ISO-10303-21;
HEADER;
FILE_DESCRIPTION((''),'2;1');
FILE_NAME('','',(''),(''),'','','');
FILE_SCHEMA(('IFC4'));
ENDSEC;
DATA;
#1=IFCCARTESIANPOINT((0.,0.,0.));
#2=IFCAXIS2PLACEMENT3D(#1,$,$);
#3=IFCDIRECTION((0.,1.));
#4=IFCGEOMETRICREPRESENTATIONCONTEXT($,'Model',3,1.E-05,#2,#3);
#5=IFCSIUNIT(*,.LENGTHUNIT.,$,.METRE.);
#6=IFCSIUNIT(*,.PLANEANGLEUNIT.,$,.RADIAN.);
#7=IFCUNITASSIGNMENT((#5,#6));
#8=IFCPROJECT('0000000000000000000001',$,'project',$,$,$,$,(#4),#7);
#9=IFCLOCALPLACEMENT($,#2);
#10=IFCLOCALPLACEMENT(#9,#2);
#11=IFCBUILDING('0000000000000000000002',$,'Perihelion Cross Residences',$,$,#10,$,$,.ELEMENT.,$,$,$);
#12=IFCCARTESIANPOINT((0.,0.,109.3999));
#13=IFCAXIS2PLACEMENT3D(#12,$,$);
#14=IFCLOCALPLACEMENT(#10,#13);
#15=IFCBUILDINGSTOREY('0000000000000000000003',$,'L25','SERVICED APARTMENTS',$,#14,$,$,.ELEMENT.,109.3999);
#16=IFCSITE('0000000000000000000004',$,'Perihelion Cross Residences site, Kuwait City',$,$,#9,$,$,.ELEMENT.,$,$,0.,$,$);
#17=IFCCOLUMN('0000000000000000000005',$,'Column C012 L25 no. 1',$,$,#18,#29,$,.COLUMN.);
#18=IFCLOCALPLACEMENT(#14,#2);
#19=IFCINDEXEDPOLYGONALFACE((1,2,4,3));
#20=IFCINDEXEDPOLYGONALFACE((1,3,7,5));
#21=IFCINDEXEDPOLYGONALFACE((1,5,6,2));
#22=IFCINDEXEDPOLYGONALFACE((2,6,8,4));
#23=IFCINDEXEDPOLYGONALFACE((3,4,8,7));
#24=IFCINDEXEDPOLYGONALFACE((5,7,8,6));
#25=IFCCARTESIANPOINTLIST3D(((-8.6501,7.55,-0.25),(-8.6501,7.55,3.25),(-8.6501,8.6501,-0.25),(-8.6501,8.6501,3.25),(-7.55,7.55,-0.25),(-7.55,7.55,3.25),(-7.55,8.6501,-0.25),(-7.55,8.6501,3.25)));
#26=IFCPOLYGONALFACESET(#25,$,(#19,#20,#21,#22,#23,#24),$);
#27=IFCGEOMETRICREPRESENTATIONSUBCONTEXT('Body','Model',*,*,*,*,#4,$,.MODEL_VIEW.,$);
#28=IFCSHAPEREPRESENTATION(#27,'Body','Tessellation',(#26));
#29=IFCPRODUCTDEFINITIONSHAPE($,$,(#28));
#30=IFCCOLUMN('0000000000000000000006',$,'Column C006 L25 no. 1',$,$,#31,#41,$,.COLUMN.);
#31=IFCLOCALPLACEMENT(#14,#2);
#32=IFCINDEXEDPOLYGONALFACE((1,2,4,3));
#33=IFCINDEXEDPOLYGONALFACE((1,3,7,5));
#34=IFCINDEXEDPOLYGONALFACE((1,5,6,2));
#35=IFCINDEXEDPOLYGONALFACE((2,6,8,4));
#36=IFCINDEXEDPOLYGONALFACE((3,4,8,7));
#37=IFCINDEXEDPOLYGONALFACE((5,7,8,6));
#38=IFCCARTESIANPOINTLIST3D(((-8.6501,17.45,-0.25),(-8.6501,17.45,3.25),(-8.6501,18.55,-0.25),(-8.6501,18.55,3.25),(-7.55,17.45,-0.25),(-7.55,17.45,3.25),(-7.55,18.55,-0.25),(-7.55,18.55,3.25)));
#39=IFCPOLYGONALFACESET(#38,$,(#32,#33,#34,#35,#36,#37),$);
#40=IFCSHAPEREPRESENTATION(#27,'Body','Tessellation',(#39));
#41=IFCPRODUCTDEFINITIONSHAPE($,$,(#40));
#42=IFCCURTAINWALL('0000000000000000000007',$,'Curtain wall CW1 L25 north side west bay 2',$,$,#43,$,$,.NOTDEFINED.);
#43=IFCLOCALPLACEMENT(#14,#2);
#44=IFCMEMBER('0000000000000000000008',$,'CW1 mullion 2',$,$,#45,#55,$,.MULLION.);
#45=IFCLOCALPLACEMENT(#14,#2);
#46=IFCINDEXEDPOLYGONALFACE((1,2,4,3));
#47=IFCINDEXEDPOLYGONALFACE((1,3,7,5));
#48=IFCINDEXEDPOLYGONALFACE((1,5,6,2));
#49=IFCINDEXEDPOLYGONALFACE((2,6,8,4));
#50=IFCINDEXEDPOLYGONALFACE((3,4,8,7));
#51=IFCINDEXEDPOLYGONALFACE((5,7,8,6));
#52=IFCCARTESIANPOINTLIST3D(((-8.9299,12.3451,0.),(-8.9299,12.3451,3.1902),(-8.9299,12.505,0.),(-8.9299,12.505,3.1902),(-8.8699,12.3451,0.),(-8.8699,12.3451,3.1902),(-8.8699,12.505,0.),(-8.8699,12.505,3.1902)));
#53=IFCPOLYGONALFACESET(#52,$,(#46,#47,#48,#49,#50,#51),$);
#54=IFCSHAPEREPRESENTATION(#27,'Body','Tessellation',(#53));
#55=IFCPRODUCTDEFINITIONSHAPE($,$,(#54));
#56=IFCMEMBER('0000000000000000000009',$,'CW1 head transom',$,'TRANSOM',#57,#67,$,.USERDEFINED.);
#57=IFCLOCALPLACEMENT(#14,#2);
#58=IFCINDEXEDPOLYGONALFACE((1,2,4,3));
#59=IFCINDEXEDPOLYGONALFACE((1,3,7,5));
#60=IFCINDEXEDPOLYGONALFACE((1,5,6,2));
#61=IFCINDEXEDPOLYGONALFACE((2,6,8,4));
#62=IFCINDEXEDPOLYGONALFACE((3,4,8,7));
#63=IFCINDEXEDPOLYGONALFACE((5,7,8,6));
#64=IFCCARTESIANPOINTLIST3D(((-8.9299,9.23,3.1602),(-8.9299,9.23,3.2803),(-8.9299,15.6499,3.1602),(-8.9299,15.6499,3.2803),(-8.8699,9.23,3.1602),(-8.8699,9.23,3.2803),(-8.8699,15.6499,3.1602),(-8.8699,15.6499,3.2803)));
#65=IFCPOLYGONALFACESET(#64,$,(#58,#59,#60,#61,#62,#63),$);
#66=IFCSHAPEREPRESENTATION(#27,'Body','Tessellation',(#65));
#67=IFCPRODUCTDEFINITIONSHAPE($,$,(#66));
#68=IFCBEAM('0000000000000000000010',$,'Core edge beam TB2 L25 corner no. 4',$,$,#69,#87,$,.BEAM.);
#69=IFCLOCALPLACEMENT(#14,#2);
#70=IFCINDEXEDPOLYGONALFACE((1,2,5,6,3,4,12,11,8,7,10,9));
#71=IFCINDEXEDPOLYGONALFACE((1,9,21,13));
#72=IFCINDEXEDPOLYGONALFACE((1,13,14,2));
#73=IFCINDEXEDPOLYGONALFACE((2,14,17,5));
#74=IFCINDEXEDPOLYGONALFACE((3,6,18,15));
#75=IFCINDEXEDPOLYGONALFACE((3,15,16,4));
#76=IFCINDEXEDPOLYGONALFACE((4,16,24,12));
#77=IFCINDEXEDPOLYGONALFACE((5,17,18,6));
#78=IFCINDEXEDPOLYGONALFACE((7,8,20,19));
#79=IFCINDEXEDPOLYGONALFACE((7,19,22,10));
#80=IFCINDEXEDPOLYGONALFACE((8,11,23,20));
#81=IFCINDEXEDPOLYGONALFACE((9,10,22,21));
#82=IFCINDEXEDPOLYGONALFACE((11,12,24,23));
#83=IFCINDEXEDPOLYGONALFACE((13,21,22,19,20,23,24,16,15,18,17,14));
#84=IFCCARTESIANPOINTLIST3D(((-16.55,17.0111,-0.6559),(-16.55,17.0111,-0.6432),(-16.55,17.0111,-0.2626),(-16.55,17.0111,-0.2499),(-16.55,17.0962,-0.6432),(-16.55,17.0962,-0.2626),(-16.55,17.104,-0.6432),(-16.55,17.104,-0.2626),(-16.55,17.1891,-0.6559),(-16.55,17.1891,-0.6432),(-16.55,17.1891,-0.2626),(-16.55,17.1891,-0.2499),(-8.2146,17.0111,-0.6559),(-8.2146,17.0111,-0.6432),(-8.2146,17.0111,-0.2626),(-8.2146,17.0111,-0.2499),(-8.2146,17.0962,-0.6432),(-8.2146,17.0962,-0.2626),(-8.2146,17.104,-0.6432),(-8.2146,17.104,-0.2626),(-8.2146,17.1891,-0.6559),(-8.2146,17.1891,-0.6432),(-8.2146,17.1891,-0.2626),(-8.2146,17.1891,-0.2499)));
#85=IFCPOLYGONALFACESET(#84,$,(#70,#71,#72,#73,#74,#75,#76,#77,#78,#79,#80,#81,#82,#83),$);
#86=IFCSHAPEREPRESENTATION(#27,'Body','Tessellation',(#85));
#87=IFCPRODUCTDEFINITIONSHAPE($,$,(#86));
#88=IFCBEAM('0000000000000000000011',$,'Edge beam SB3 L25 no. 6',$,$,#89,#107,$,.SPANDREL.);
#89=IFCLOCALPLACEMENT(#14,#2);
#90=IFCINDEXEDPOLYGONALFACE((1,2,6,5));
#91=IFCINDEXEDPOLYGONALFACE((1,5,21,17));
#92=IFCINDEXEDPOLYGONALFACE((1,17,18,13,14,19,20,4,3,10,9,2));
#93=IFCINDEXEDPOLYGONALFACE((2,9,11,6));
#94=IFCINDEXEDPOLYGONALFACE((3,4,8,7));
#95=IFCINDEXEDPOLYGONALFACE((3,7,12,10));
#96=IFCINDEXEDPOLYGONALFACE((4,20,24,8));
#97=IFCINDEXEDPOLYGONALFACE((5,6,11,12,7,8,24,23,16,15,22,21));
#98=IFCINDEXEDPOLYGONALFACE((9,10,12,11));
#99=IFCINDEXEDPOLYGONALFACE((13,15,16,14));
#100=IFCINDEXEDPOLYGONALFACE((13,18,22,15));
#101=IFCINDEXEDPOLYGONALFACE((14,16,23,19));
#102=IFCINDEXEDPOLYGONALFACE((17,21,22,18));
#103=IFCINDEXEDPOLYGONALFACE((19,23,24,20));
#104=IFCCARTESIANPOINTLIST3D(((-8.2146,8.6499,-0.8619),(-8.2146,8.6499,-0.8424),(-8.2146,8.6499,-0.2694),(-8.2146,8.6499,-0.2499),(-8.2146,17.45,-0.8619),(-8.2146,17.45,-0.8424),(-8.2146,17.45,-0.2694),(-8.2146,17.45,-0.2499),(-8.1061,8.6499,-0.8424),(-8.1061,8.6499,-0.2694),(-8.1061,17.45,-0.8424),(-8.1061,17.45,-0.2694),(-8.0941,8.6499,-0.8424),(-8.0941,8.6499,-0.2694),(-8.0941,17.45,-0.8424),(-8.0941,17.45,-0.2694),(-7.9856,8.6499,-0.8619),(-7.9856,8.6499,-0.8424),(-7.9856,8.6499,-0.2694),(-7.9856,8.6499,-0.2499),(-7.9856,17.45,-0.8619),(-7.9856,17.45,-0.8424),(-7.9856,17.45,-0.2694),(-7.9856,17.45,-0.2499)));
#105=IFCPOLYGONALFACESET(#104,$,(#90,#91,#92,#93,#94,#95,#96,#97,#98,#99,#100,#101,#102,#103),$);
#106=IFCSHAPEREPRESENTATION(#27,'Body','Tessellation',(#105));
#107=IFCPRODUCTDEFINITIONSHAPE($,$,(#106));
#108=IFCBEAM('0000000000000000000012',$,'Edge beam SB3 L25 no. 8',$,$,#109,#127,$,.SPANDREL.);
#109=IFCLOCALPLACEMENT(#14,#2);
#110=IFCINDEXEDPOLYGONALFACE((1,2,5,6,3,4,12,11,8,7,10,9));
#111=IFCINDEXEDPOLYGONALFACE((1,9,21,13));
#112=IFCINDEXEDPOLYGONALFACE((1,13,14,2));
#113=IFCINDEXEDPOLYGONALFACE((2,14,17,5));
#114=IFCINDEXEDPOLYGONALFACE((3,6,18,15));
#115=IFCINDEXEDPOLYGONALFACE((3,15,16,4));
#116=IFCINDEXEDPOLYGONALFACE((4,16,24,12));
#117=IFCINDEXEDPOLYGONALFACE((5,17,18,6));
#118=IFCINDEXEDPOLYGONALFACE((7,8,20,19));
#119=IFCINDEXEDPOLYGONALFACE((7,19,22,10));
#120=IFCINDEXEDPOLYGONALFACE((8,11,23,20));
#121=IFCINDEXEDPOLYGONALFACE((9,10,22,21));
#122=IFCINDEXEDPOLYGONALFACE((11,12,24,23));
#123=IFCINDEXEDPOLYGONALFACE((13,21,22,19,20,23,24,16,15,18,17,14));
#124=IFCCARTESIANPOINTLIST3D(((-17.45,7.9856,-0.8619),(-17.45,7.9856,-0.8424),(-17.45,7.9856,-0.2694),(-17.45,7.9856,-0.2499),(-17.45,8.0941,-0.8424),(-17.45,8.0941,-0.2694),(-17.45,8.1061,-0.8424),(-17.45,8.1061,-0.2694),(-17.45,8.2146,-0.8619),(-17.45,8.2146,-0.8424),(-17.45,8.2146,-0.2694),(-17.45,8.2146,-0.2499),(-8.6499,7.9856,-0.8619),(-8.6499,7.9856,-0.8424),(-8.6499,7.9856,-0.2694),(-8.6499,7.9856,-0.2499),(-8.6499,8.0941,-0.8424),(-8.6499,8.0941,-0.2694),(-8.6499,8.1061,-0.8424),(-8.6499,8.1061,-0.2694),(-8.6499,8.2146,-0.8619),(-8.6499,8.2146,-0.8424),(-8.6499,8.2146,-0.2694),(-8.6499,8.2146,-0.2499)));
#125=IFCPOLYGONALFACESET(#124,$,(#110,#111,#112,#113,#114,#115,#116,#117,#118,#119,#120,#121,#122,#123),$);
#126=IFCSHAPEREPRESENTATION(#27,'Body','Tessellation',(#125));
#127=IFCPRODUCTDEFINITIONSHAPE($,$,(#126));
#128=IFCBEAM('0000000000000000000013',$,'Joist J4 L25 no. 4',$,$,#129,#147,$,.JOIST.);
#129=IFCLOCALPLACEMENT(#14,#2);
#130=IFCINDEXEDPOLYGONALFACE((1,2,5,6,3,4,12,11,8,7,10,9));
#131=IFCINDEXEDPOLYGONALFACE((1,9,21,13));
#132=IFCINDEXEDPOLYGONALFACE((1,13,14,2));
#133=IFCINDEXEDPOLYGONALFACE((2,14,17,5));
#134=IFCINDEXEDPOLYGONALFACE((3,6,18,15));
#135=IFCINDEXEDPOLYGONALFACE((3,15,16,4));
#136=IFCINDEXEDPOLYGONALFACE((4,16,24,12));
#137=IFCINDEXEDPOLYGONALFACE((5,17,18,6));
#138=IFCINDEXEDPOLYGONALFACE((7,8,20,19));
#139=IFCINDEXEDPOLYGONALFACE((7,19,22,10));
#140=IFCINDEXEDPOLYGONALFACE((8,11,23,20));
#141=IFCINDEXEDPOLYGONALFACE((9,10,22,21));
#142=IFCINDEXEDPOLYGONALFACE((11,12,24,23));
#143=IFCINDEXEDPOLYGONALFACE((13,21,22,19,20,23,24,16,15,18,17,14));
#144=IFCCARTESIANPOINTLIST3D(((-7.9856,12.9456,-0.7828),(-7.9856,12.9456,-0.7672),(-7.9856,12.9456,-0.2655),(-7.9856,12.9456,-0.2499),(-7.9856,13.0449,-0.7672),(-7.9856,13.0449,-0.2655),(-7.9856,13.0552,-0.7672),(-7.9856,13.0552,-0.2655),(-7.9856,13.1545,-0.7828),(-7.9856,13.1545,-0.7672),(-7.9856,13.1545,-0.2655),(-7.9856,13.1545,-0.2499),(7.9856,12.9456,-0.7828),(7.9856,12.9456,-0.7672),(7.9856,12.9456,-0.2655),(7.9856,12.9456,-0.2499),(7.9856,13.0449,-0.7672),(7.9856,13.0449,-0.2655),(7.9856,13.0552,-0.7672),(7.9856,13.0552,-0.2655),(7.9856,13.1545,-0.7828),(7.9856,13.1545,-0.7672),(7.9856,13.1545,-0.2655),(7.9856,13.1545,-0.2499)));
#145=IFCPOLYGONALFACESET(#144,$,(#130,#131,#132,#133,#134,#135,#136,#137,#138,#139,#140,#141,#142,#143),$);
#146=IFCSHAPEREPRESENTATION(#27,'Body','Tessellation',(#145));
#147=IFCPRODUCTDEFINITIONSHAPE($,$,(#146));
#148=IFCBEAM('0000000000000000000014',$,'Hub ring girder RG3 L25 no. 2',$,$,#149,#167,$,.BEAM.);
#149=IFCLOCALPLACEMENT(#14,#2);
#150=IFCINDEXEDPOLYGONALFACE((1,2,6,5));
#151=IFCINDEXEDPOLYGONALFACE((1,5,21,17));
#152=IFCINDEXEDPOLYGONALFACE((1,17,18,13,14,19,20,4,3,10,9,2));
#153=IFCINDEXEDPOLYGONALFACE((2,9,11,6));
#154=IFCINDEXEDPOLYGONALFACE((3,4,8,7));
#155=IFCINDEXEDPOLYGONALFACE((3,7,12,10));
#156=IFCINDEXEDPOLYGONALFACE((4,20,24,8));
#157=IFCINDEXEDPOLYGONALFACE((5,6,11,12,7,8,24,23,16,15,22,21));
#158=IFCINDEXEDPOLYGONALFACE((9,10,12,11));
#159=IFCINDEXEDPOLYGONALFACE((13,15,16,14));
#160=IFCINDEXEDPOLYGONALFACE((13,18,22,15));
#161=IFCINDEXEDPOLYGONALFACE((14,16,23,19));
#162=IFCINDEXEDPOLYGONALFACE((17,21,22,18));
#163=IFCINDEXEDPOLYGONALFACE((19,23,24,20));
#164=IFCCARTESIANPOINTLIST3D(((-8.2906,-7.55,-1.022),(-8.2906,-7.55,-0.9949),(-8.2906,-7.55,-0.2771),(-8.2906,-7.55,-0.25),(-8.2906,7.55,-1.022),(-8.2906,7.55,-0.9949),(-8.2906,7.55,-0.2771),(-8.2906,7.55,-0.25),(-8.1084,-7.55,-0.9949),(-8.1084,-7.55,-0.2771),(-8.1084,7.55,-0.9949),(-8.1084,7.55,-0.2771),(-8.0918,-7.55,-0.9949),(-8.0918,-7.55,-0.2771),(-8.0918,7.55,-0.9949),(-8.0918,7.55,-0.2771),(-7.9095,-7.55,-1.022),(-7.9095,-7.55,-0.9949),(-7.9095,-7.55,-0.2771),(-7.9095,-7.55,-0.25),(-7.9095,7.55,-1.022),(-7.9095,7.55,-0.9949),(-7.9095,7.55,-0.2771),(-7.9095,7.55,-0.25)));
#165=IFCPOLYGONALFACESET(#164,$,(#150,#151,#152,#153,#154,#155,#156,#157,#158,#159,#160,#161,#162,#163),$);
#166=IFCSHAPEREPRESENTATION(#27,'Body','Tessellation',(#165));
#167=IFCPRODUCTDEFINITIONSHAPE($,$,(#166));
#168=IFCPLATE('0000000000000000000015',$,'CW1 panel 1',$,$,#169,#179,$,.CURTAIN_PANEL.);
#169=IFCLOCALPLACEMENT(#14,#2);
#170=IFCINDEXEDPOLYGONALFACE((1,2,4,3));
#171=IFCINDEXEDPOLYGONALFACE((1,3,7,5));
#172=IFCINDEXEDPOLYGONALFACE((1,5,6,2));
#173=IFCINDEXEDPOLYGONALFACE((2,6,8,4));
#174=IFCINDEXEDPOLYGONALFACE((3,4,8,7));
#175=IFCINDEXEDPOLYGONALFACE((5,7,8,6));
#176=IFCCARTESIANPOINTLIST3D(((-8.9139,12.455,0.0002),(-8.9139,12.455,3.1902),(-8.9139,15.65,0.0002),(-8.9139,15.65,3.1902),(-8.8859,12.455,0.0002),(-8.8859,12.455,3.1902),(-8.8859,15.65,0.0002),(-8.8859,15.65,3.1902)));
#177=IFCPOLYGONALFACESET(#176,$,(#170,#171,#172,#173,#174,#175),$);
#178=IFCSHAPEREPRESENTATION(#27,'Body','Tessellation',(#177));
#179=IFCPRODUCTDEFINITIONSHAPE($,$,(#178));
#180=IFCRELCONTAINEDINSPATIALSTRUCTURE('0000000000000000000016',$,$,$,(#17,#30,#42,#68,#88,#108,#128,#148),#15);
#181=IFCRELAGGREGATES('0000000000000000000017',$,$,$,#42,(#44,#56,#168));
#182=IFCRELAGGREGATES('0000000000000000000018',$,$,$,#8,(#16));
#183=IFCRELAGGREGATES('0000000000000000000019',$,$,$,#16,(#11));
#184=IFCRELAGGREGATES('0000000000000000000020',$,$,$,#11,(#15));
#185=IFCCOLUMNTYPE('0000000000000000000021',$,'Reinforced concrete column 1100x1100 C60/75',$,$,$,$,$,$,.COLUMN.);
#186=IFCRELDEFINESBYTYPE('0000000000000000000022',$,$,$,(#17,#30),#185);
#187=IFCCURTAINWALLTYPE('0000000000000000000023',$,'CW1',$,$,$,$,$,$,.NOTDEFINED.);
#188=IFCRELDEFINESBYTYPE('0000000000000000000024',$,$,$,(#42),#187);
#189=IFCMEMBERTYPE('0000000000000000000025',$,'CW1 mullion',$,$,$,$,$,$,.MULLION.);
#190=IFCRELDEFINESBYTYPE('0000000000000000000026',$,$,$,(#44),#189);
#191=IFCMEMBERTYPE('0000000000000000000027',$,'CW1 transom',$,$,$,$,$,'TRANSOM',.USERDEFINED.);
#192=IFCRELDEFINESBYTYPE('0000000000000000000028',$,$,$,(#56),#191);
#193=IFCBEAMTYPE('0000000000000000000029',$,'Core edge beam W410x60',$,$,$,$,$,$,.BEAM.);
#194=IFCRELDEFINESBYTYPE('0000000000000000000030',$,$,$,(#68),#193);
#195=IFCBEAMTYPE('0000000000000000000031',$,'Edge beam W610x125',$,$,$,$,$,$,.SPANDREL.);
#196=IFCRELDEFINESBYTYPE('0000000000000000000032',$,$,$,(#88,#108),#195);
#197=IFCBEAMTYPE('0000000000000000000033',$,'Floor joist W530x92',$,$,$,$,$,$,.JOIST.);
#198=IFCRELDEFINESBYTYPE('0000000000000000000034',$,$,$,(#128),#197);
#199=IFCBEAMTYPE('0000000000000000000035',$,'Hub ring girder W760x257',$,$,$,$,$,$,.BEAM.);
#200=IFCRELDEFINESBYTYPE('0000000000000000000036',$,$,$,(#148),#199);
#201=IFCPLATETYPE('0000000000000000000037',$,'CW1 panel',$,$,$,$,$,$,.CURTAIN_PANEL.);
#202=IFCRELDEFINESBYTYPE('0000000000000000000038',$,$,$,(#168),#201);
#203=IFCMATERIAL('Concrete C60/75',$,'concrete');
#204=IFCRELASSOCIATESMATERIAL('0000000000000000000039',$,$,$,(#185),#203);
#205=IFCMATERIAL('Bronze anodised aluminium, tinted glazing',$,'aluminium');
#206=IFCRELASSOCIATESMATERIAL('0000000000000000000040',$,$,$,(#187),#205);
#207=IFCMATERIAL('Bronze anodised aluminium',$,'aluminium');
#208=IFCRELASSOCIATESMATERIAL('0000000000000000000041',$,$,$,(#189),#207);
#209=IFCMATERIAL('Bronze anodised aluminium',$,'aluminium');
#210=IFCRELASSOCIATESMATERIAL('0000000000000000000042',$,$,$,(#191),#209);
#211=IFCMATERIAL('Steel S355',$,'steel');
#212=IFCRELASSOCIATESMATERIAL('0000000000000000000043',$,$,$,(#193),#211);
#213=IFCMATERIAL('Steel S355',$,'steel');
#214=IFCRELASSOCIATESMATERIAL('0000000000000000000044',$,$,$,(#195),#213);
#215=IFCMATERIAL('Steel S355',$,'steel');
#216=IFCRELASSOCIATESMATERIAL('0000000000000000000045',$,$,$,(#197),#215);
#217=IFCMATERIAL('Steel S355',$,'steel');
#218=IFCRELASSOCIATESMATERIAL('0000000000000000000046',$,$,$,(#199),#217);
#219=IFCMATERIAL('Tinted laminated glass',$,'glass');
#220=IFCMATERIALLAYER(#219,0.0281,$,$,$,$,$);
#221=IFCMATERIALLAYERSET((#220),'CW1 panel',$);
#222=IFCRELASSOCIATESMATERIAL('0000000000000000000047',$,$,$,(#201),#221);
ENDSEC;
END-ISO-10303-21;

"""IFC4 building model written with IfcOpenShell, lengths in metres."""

from ifc_helpers import new_model, si_unit, direction, frame, origin, origin_2d, place, context, subcontext, project, spatial, rectangle, i_section, extrude, material, layer, layer_set, material_profile, profile_set, type_object, element, aggregate, save


model = new_model("IFC4")

# Units and contexts
model_context = context("Model", 3, precision=1e-05, world=origin(), true_north=direction((0.0, 1.0)))
body_context = subcontext(model_context, "Body", "Model", "MODEL_VIEW")
ifc_project = project(units=[si_unit("LENGTHUNIT", "METRE"), si_unit("PLANEANGLEUNIT", "RADIAN")], contexts=[model_context])

# Site, building, storey
site_placement = place(None, origin())
site = spatial("IfcSite", under=ifc_project, at=site_placement, Name="Perihelion Cross Residences site, Kuwait City", CompositionType="ELEMENT", RefElevation=0.0)
building_placement = place(site_placement, origin())
building = spatial("IfcBuilding", under=site, at=building_placement, Name="Perihelion Cross Residences", CompositionType="ELEMENT")
storey_placement = place(building_placement, frame((0.0, 0.0, 109.3999)))
storey = spatial("IfcBuildingStorey", under=building, at=storey_placement, Name="L25", Description="SERVICED APARTMENTS", CompositionType="ELEMENT", Elevation=109.3999)

# Columns
ifc_material_1 = material(Name="Concrete C60/75", Category="concrete")
ifc_material_profile_1 = material_profile(ifc_material_1, rectangle(XDim=1.1001, YDim=1.1001, at=origin_2d()), Name="RC 1100x1100")
ifc_profile_set_1 = profile_set([ifc_material_profile_1], Name="Concrete C60/75")
column_type = type_object("IfcColumnType", Name="Reinforced concrete column 1100x1100 C60/75", PredefinedType="COLUMN", material=ifc_profile_set_1)
for number, where, z_axis, x_axis, name in (
    (1, (-8.1001, 8.1001, -0.25), (0.0, 0.0, 1.0), (1.0, 0.0, 0.0), "Column C012 L25 no. 1"),
    (2, (-8.1001, 18.0, -0.25), (0.0, 0.0, 1.0), (1.0, 0.0, 0.0), "Column C006 L25 no. 1"),
):
    element("IfcColumn", number, at=place(storey_placement, frame(where, z_axis=z_axis, x_axis=x_axis)), inside=storey, type_object=column_type, Name=name, PredefinedType="COLUMN", context=body_context, shape_type="SweptSolid", body=[
        extrude(rectangle(XDim=1.1001, YDim=1.1001, at=origin_2d()), origin(), (0.0, 0.0, 1.0), 3.5),
    ])

# Curtain wall, members
ifc_material_2 = material(Name="Bronze anodised aluminium, tinted glazing", Category="aluminium")
curtain_wall_type = type_object("IfcCurtainWallType", Name="CW1", PredefinedType="NOTDEFINED", material=ifc_material_2)
curtain_wall_placement = place(storey_placement, origin())
curtain_wall = element("IfcCurtainWall", 3, at=curtain_wall_placement, inside=storey, type_object=curtain_wall_type, Name="Curtain wall CW1 L25 north side west bay 2", PredefinedType="NOTDEFINED")
ifc_material_3 = material(Name="Bronze anodised aluminium", Category="aluminium")
ifc_material_profile_2 = material_profile(ifc_material_3, rectangle(XDim=0.0601, YDim=0.1599, at=origin_2d()), Name="CW1 mullion")
ifc_profile_set_2 = profile_set([ifc_material_profile_2], Name="Bronze anodised aluminium")
member_type_1 = type_object("IfcMemberType", Name="CW1 mullion", PredefinedType="MULLION", material=ifc_profile_set_2)
member_1_placement = place(storey_placement, frame((-8.8999, 12.425, 0.0), z_axis=(0.0, 0.0, 1.0), x_axis=(1.0, 0.0, 0.0)))
member_1 = element("IfcMember", 4, at=member_1_placement, type_object=member_type_1, Name="CW1 mullion 2", PredefinedType="MULLION", context=body_context, shape_type="SweptSolid", body=[
    extrude(rectangle(XDim=0.0601, YDim=0.1599, at=origin_2d()), origin(), (0.0, 0.0, 1.0), 3.1902),
])
ifc_material_4 = material(Name="Bronze anodised aluminium", Category="aluminium")
ifc_material_profile_3 = material_profile(ifc_material_4, rectangle(XDim=0.0601, YDim=0.1201, at=origin_2d()), Name="CW1 transom")
ifc_profile_set_3 = profile_set([ifc_material_profile_3], Name="Bronze anodised aluminium")
member_type_2 = type_object("IfcMemberType", Name="CW1 transom", ElementType="TRANSOM", PredefinedType="USERDEFINED", material=ifc_profile_set_3)
member_2_placement = place(storey_placement, frame((-8.8999, 15.6499, 3.2202), z_axis=(0.0, -1.0, 0.0), x_axis=(1.0, 0.0, 0.0)))
member_2 = element("IfcMember", 5, at=member_2_placement, type_object=member_type_2, Name="CW1 head transom", ObjectType="TRANSOM", PredefinedType="USERDEFINED", context=body_context, shape_type="SweptSolid", body=[
    extrude(rectangle(XDim=0.0601, YDim=0.1201, at=origin_2d()), origin(), (0.0, 0.0, 1.0), 6.4199),
])

# Beams
ifc_material_5 = material(Name="Steel S355", Category="steel")
ifc_material_profile_4 = material_profile(ifc_material_5, i_section(OverallWidth=0.178, OverallDepth=0.406, WebThickness=0.0078, FlangeThickness=0.0127, at=origin_2d()), Name="W410x60")
ifc_profile_set_4 = profile_set([ifc_material_profile_4], Name="Steel S355")
beam_type_1 = type_object("IfcBeamType", Name="Core edge beam W410x60", PredefinedType="BEAM", material=ifc_profile_set_4)
beam_1_placement = place(storey_placement, frame((-8.2146, 17.1001, -0.4529), z_axis=(-1.0, 0.0, 0.0), x_axis=(0.0, -1.0, 0.0)))
element("IfcBeam", 6, at=beam_1_placement, inside=storey, type_object=beam_type_1, Name="Core edge beam TB2 L25 corner no. 4", PredefinedType="BEAM", context=body_context, shape_type="SweptSolid", body=[
    extrude(i_section(OverallWidth=0.178, OverallDepth=0.406, WebThickness=0.0078, FlangeThickness=0.0127, at=origin_2d()), origin(), (0.0, 0.0, 1.0), 8.3354),
])
ifc_material_6 = material(Name="Steel S355", Category="steel")
ifc_material_profile_5 = material_profile(ifc_material_6, i_section(OverallWidth=0.229, OverallDepth=0.6121, WebThickness=0.012, FlangeThickness=0.0195, at=origin_2d()), Name="W610x125")
ifc_profile_set_5 = profile_set([ifc_material_profile_5], Name="Steel S355")
beam_type_2 = type_object("IfcBeamType", Name="Edge beam W610x125", PredefinedType="SPANDREL", material=ifc_profile_set_5)
for number, where, z_axis, x_axis, name in (
    (7, (-8.1001, 17.45, -0.5559), (0.0, -1.0, 0.0), (1.0, 0.0, 0.0), "Edge beam SB3 L25 no. 6"),
    (8, (-8.6499, 8.1001, -0.5559), (-1.0, 0.0, 0.0), (0.0, -1.0, 0.0), "Edge beam SB3 L25 no. 8"),
):
    element("IfcBeam", number, at=place(storey_placement, frame(where, z_axis=z_axis, x_axis=x_axis)), inside=storey, type_object=beam_type_2, Name=name, PredefinedType="SPANDREL", context=body_context, shape_type="SweptSolid", body=[
        extrude(i_section(OverallWidth=0.229, OverallDepth=0.6121, WebThickness=0.012, FlangeThickness=0.0195, at=origin_2d()), origin(), (0.0, 0.0, 1.0), 8.8),
    ])
ifc_material_7 = material(Name="Steel S355", Category="steel")
ifc_material_profile_6 = material_profile(ifc_material_7, i_section(OverallWidth=0.209, OverallDepth=0.533, WebThickness=0.0103, FlangeThickness=0.0156, at=origin_2d()), Name="W530x92")
ifc_profile_set_6 = profile_set([ifc_material_profile_6], Name="Steel S355")
beam_type_3 = type_object("IfcBeamType", Name="Floor joist W530x92", PredefinedType="JOIST", material=ifc_profile_set_6)
beam_2_placement = place(storey_placement, frame((-7.9856, 13.05, -0.5164), z_axis=(1.0, 0.0, 0.0), x_axis=(0.0, 1.0, 0.0)))
element("IfcBeam", 9, at=beam_2_placement, inside=storey, type_object=beam_type_3, Name="Joist J4 L25 no. 4", PredefinedType="JOIST", context=body_context, shape_type="SweptSolid", body=[
    extrude(i_section(OverallWidth=0.209, OverallDepth=0.533, WebThickness=0.0103, FlangeThickness=0.0156, at=origin_2d()), origin(), (0.0, 0.0, 1.0), 15.9712),
])
ifc_material_8 = material(Name="Steel S355", Category="steel")
ifc_material_profile_7 = material_profile(ifc_material_8, i_section(OverallWidth=0.3811, OverallDepth=0.772, WebThickness=0.0166, FlangeThickness=0.0271, at=origin_2d()), Name="W760x257")
ifc_profile_set_7 = profile_set([ifc_material_profile_7], Name="Steel S355")
beam_type_4 = type_object("IfcBeamType", Name="Hub ring girder W760x257", PredefinedType="BEAM", material=ifc_profile_set_7)
beam_3_placement = place(storey_placement, frame((-8.1001, 7.55, -0.636), z_axis=(0.0, -1.0, 0.0), x_axis=(1.0, 0.0, 0.0)))
element("IfcBeam", 10, at=beam_3_placement, inside=storey, type_object=beam_type_4, Name="Hub ring girder RG3 L25 no. 2", PredefinedType="BEAM", context=body_context, shape_type="SweptSolid", body=[
    extrude(i_section(OverallWidth=0.3811, OverallDepth=0.772, WebThickness=0.0166, FlangeThickness=0.0271, at=origin_2d()), origin(), (0.0, 0.0, 1.0), 15.1001),
])

# Plate
ifc_material_9 = material(Name="Tinted laminated glass", Category="glass")
ifc_layer_1 = layer(ifc_material_9, 0.0281)
ifc_layer_set_1 = layer_set([ifc_layer_1], Name="CW1 panel")
plate_type = type_object("IfcPlateType", Name="CW1 panel", PredefinedType="CURTAIN_PANEL", material=ifc_layer_set_1)
plate_1_placement = place(storey_placement, frame((-8.8999, 14.0525, 0.0002), z_axis=(0.0, 0.0, 1.0), x_axis=(0.0, -1.0, 0.0)))
plate_1 = element("IfcPlate", 11, at=plate_1_placement, type_object=plate_type, Name="CW1 panel 1", PredefinedType="CURTAIN_PANEL", context=body_context, shape_type="SweptSolid", body=[
    extrude(rectangle(XDim=3.1951, YDim=0.0281, at=origin_2d()), origin(), (0.0, 0.0, 1.0), 3.1899),
])
aggregate(curtain_wall, [member_1, member_2, plate_1])

save(model, "model.ifc")
